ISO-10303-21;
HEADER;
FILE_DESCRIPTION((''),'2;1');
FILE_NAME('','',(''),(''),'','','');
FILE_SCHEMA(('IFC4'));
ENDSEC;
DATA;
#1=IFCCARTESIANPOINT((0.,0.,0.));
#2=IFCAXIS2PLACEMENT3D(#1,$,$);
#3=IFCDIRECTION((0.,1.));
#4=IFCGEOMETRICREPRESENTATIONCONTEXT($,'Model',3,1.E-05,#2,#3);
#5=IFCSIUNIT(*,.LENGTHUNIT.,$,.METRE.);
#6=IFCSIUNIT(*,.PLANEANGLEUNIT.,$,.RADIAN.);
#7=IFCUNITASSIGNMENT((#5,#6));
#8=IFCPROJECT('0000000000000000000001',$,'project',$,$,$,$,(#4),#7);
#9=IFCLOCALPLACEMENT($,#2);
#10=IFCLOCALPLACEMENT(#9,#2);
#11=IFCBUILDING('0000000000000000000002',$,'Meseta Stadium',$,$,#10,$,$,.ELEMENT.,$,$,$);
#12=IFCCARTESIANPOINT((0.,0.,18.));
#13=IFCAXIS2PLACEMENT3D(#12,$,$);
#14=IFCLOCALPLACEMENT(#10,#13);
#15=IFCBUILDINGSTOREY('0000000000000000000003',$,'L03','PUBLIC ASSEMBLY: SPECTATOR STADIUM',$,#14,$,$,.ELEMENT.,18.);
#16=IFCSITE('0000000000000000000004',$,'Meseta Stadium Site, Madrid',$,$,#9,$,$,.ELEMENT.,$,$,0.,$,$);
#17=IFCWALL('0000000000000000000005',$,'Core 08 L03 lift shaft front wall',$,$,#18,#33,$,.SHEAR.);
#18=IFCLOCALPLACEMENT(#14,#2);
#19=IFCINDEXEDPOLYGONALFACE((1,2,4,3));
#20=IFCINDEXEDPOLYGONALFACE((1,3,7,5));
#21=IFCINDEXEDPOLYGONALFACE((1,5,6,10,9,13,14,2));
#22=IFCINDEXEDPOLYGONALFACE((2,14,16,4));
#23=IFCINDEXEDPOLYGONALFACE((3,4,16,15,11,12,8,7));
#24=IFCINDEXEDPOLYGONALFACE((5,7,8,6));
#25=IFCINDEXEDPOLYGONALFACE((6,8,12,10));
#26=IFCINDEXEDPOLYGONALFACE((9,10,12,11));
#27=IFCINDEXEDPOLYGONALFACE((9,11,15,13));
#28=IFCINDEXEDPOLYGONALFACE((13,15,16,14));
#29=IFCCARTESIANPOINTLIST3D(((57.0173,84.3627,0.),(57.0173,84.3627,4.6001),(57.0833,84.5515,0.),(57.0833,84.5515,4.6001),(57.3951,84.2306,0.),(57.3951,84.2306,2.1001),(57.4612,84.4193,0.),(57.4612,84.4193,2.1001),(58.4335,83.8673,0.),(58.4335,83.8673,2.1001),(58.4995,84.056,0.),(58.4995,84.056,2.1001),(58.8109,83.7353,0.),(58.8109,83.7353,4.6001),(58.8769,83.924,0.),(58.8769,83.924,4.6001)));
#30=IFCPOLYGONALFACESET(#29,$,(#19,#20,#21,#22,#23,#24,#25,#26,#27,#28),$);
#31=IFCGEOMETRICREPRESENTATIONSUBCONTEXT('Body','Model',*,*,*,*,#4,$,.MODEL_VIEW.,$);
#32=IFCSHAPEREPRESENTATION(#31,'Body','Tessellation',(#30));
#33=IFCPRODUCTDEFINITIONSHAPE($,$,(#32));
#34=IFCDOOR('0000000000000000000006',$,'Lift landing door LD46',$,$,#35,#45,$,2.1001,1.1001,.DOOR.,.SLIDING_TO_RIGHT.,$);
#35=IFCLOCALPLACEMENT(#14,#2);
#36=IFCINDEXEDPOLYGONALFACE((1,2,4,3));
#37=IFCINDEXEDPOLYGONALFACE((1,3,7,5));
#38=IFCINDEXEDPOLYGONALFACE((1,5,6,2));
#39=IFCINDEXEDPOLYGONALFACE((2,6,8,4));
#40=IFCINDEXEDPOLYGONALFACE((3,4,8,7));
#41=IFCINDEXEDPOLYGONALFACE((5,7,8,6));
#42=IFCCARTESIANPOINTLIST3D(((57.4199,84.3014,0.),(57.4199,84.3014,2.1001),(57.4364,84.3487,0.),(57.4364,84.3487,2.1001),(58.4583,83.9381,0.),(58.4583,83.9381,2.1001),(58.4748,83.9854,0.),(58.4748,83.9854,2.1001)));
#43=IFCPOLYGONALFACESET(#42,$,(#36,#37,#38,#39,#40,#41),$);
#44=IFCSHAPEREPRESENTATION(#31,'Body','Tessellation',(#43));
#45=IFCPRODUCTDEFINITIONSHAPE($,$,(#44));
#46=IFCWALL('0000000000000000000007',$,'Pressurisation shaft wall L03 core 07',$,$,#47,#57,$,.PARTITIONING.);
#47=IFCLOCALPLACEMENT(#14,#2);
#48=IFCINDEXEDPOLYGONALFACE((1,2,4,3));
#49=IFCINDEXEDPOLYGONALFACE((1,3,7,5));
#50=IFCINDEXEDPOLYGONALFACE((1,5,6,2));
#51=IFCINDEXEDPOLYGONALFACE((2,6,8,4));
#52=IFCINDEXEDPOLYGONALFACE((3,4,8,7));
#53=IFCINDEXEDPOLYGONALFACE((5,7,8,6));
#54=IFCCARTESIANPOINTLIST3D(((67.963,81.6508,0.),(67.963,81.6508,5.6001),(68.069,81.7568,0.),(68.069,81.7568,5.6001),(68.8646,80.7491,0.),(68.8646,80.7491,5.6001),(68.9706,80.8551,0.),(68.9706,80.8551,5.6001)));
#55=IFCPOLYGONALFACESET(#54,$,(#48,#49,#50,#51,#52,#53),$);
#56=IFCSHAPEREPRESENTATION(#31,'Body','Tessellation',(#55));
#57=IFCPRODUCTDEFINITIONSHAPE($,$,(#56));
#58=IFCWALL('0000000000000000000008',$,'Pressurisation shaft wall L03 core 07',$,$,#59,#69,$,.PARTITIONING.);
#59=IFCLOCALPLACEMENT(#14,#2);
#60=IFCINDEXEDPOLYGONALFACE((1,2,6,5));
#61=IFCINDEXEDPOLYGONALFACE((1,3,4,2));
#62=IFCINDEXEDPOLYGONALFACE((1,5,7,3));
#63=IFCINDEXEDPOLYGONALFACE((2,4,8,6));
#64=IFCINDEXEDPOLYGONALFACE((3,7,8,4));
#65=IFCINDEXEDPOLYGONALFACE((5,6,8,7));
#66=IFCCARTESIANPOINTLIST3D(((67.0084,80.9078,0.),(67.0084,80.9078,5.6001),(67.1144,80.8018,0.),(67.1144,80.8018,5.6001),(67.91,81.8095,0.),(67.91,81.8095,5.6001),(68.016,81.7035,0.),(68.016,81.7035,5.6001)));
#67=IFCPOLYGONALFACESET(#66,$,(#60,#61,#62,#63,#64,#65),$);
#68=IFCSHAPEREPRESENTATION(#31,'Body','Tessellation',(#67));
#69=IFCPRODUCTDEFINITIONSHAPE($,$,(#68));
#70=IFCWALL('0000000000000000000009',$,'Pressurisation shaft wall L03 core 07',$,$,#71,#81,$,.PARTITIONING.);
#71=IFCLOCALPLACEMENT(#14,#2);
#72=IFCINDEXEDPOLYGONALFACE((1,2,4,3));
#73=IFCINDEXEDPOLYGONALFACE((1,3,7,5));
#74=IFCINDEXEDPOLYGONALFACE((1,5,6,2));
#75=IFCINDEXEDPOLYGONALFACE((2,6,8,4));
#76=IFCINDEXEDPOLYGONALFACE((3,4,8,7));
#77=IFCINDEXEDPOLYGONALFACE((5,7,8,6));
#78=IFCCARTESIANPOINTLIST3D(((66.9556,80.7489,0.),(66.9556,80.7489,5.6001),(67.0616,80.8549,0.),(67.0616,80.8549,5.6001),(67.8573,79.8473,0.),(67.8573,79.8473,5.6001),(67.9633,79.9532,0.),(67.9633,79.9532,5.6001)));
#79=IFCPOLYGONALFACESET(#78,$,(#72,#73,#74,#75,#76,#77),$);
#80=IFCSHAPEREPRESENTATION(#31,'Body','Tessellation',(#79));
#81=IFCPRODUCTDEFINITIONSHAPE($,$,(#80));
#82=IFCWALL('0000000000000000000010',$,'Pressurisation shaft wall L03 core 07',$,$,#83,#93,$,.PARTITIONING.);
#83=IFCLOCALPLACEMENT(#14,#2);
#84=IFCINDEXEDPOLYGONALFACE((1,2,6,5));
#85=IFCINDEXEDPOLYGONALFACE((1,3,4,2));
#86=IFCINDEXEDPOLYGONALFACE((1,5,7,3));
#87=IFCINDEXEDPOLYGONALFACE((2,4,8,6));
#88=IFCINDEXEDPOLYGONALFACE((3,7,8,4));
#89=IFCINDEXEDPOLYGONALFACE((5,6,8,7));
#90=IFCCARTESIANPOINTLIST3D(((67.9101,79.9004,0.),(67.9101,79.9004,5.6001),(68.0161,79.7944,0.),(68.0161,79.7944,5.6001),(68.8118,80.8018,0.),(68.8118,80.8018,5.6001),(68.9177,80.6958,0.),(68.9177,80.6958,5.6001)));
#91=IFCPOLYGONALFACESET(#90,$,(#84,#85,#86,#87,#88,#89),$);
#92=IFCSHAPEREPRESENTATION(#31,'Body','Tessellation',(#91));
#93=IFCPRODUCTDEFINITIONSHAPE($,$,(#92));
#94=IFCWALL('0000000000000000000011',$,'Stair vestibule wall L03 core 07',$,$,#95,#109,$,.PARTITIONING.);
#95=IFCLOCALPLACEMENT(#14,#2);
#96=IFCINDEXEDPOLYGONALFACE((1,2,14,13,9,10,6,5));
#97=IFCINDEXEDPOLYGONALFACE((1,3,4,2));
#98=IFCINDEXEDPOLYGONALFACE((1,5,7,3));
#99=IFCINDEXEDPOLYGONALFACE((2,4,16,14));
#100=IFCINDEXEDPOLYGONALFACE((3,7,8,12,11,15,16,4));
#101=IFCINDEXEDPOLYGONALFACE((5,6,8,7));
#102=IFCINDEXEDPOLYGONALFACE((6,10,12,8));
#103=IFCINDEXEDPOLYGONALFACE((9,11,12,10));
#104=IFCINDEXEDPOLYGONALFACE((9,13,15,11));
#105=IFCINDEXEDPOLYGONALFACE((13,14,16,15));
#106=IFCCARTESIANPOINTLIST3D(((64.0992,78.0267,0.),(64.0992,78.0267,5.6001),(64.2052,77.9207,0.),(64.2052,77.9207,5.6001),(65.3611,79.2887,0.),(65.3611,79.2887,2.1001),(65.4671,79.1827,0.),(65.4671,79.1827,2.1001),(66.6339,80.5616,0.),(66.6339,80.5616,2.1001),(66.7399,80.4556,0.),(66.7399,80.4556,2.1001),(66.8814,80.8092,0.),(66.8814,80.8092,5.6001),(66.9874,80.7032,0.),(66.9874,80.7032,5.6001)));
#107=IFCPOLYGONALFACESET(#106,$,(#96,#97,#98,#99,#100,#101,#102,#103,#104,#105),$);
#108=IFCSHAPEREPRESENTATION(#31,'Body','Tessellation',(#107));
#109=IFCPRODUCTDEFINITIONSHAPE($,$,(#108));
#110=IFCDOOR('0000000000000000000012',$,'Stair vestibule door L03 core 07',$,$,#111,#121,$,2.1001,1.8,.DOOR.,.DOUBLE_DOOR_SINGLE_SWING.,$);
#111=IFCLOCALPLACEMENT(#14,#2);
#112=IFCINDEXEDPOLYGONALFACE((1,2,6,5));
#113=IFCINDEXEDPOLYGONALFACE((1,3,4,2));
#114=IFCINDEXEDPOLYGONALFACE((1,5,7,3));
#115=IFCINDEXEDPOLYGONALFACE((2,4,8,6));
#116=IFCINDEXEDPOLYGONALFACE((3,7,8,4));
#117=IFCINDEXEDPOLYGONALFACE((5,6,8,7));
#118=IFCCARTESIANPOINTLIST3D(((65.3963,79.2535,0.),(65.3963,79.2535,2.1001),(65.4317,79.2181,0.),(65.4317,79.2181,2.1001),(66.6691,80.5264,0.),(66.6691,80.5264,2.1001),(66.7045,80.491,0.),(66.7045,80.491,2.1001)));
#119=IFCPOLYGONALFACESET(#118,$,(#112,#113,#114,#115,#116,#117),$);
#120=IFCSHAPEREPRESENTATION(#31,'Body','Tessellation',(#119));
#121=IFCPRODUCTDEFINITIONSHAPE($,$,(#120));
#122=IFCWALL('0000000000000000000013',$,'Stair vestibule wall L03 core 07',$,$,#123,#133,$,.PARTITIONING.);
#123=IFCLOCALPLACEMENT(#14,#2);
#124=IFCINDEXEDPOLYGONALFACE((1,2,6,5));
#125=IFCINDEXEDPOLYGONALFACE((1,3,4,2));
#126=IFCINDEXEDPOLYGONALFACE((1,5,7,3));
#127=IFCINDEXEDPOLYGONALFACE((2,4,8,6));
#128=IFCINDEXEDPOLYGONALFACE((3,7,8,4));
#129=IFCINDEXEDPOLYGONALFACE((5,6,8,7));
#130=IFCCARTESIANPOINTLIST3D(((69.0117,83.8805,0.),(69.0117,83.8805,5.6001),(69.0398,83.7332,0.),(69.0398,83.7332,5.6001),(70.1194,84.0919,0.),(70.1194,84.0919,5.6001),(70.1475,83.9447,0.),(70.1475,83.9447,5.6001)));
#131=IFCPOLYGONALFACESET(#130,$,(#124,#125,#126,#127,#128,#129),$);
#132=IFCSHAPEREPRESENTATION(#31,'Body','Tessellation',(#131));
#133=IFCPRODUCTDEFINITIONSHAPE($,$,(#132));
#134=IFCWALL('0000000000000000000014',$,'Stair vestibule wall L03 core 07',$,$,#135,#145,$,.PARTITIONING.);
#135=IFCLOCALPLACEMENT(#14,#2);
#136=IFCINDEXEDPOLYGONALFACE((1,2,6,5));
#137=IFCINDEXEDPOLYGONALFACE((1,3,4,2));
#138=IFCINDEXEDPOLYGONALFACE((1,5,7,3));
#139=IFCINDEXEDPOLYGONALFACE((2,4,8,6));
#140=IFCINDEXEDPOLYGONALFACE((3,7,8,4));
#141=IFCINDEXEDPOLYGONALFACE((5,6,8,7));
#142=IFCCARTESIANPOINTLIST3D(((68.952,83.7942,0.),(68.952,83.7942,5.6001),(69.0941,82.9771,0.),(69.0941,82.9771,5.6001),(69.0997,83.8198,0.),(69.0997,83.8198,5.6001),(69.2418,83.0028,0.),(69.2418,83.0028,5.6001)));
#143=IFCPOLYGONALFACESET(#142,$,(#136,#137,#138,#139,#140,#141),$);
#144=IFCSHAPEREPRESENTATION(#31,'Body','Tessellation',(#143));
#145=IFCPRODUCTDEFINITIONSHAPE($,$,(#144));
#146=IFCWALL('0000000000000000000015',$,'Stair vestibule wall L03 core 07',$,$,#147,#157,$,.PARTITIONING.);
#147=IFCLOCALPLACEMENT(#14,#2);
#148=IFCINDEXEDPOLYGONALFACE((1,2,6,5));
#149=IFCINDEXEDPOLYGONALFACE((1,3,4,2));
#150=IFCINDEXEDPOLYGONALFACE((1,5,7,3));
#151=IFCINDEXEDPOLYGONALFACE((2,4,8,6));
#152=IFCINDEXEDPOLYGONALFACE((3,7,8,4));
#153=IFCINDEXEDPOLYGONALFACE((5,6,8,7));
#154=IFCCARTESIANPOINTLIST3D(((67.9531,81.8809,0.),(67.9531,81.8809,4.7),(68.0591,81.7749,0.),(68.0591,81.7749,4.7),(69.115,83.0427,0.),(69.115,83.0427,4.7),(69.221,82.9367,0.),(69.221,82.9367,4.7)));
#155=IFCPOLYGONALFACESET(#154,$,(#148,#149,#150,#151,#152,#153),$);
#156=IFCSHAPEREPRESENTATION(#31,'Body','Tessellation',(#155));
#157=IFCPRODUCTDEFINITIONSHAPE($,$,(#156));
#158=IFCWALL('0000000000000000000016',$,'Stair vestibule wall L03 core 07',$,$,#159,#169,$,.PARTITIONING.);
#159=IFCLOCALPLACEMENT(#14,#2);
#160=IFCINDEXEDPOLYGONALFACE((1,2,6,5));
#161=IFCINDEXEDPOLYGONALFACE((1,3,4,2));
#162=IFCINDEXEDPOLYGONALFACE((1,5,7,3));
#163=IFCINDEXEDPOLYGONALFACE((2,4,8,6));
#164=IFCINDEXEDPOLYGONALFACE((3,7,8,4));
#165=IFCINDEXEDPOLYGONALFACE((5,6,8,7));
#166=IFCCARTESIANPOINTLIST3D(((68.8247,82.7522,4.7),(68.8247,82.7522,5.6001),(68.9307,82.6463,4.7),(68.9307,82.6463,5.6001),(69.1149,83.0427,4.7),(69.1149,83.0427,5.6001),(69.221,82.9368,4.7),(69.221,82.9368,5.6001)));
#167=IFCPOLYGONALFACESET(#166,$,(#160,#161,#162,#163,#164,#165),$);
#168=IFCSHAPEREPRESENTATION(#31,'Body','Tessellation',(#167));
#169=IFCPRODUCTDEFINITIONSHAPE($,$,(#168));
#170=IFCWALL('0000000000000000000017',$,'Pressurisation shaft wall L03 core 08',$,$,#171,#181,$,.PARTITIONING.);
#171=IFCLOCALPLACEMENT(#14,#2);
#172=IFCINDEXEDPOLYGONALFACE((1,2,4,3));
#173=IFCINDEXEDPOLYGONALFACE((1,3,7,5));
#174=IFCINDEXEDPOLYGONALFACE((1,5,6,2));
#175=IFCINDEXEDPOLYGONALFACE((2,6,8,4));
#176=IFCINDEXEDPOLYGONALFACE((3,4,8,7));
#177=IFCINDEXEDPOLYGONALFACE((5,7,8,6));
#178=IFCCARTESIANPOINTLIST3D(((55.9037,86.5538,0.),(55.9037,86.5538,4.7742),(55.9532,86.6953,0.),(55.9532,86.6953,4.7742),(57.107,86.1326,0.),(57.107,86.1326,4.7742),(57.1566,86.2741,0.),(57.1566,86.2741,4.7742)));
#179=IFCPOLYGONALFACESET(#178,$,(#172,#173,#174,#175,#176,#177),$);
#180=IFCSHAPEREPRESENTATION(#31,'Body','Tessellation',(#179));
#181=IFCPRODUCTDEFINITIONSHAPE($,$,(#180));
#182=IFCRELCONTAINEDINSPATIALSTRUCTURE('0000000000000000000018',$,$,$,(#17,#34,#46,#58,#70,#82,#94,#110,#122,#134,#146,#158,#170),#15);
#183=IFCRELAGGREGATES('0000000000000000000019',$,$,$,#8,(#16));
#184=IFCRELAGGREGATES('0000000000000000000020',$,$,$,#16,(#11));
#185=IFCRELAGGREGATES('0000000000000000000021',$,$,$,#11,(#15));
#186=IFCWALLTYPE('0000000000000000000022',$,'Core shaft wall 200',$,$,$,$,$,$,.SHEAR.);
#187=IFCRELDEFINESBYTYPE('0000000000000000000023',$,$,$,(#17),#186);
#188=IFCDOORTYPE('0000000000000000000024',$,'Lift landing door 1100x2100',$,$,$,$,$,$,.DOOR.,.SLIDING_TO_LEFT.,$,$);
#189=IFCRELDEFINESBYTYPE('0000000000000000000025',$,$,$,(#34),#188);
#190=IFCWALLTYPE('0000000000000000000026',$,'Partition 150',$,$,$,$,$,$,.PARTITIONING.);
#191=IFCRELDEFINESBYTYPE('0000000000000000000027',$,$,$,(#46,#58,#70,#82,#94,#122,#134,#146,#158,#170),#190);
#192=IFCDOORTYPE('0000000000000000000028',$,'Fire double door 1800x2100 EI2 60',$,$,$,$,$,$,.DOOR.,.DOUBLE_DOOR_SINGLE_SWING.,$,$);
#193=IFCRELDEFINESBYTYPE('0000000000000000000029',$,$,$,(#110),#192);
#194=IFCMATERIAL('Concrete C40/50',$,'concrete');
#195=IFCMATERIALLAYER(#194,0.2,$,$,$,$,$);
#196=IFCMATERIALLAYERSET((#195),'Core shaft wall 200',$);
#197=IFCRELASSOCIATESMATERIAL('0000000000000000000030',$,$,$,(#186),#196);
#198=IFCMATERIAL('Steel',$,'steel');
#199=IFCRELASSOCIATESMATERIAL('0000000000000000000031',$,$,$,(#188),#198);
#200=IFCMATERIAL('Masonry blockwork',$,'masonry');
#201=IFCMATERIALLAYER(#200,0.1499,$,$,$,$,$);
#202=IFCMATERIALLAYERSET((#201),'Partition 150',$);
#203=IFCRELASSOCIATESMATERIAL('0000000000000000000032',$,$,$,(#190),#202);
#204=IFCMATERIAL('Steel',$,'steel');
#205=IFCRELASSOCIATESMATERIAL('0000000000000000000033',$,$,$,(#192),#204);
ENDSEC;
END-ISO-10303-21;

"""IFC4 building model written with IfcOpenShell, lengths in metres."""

from ifc_helpers import new_model, si_unit, direction, frame, frame_2d, origin, place, context, subcontext, project, spatial, rectangle, extrude, material, layer, layer_set, type_object, element, fill, save


model = new_model("IFC4")

# Units and contexts
model_context = context("Model", 3, precision=1e-05, world=origin(), true_north=direction((0.0, 1.0)))
body_context = subcontext(model_context, "Body", "Model", "MODEL_VIEW")
ifc_project = project(units=[si_unit("LENGTHUNIT", "METRE"), si_unit("PLANEANGLEUNIT", "RADIAN")], contexts=[model_context])

# Site, building, storey
site_placement = place(None, origin())
site = spatial("IfcSite", under=ifc_project, at=site_placement, Name="Meseta Stadium Site, Madrid", CompositionType="ELEMENT", RefElevation=0.0)
building_placement = place(site_placement, origin())
building = spatial("IfcBuilding", under=site, at=building_placement, Name="Meseta Stadium", CompositionType="ELEMENT")
storey_placement = place(building_placement, frame((0.0, 0.0, 18.0)))
storey = spatial("IfcBuildingStorey", under=building, at=storey_placement, Name="L03", Description="PUBLIC ASSEMBLY: SPECTATOR STADIUM", CompositionType="ELEMENT", Elevation=18.0)

# Shared definitions
ifc_material_1 = material(Name="Concrete C40/50", Category="concrete")
ifc_layer_1 = layer(ifc_material_1, 0.2)
ifc_layer_set_1 = layer_set([ifc_layer_1], Name="Core shaft wall 200")
wall_type_1 = type_object("IfcWallType", Name="Core shaft wall 200", PredefinedType="SHEAR", material=ifc_layer_set_1)

# Wall, opening, door
wall_1_placement = place(storey_placement, frame((58.844, 83.8296, 0.0), z_axis=(0.0, 0.0, 1.0), x_axis=(-0.943902, 0.330225, 0.0)))
wall_1 = element("IfcWall", 1, at=wall_1_placement, inside=storey, type_object=wall_type_1, Name="Core 08 L03 lift shaft front wall", PredefinedType="SHEAR", context=body_context, shape_type="SweptSolid", body=[
    extrude(rectangle(XDim=1.9001, YDim=0.2, at=frame_2d((0.9502, 0.0))), origin(), (0.0, 0.0, 1.0), 4.6001),
])
opening_1_placement = place(wall_1_placement, frame((0.3999, 0.0, 0.0)))
opening_1 = element("IfcOpeningElement", 2, at=opening_1_placement, cuts=wall_1, PredefinedType="OPENING", context=body_context, shape_type="SweptSolid", body=[
    extrude(rectangle(XDim=1.1001, YDim=2.1001, at=frame_2d((0.55, 1.05))), frame((0.0, 0.1099, 0.0), z_axis=(0.0, -1.0, 0.0), x_axis=(1.0, 0.0, 0.0)), (0.0, 0.0, 1.0), 0.22),
])
ifc_material_2 = material(Name="Steel", Category="steel")
door_type_1 = type_object("IfcDoorType", Name="Lift landing door 1100x2100", OperationType="SLIDING_TO_LEFT", PredefinedType="DOOR", material=ifc_material_2)
door_1_placement = place(opening_1_placement, origin())
door_1 = element("IfcDoor", 3, at=door_1_placement, inside=storey, type_object=door_type_1, Name="Lift landing door LD46", OperationType="SLIDING_TO_RIGHT", OverallHeight=2.1001, OverallWidth=1.1001, PredefinedType="DOOR", context=body_context, shape_type="SweptSolid", body=[
    extrude(rectangle(XDim=1.1001, YDim=2.1001, at=frame_2d((0.55, 1.05))), frame((0.0, 0.0249, 0.0), z_axis=(0.0, -1.0, 0.0), x_axis=(1.0, 0.0, 0.0)), (0.0, 0.0, 1.0), 0.05),
])
fill(opening_1, door_1)

# Walls
ifc_material_3 = material(Name="Masonry blockwork", Category="masonry")
ifc_layer_2 = layer(ifc_material_3, 0.1499)
ifc_layer_set_2 = layer_set([ifc_layer_2], Name="Partition 150")
wall_type_2 = type_object("IfcWallType", Name="Partition 150", PredefinedType="PARTITIONING", material=ifc_layer_set_2)
for number, where, z_axis, x_axis, name in (
    (4, (68.9177, 80.802, 0.0), (0.0, 0.0, 1.0), (-0.707107, 0.707107, 0.0), "Pressurisation shaft wall L03 core 07"),
    (5, (67.9631, 81.7566, 0.0), (0.0, 0.0, 1.0), (-0.707107, -0.707107, 0.0), "Pressurisation shaft wall L03 core 07"),
    (6, (67.0085, 80.802, 0.0), (0.0, 0.0, 1.0), (0.707107, -0.707107, 0.0), "Pressurisation shaft wall L03 core 07"),
):
    element("IfcWall", number, at=place(storey_placement, frame(where, z_axis=z_axis, x_axis=x_axis)), inside=storey, type_object=wall_type_2, Name=name, PredefinedType="PARTITIONING", context=body_context, shape_type="SweptSolid", body=[
        extrude(rectangle(XDim=1.2751, YDim=0.1499, at=frame_2d((0.6377, 0.0))), origin(), (0.0, 0.0, 1.0), 5.6001),
    ])
wall_2_placement = place(storey_placement, frame((67.9631, 79.8474, 0.0), z_axis=(0.0, 0.0, 1.0), x_axis=(0.707203, 0.707011, 0.0)))
element("IfcWall", 7, at=wall_2_placement, inside=storey, type_object=wall_type_2, Name="Pressurisation shaft wall L03 core 07", PredefinedType="PARTITIONING", context=body_context, shape_type="SweptSolid", body=[
    extrude(rectangle(XDim=1.2749, YDim=0.1499, at=frame_2d((0.6375, 0.0))), origin(), (0.0, 0.0, 1.0), 5.6001),
])

# Wall, opening, door
wall_3_placement = place(storey_placement, frame((66.9343, 80.7561, 0.0), z_axis=(0.0, 0.0, 1.0), x_axis=(-0.707076, -0.707138, 0.0)))
wall_3 = element("IfcWall", 8, at=wall_3_placement, inside=storey, type_object=wall_type_2, Name="Stair vestibule wall L03 core 07", PredefinedType="PARTITIONING", context=body_context, shape_type="SweptSolid", body=[
    extrude(rectangle(XDim=3.9348, YDim=0.1499, at=frame_2d((1.9673, 0.0))), origin(), (0.0, 0.0, 1.0), 5.6001),
])
opening_2_placement = place(wall_3_placement, frame((0.3501, 0.0, 0.0)))
opening_2 = element("IfcOpeningElement", 9, at=opening_2_placement, cuts=wall_3, PredefinedType="OPENING", context=body_context, shape_type="SweptSolid", body=[
    extrude(rectangle(XDim=1.8, YDim=2.1001, at=frame_2d((0.8999, 1.05))), frame((0.0, 0.085, 0.0), z_axis=(0.0, -1.0, 0.0), x_axis=(1.0, 0.0, 0.0)), (0.0, 0.0, 1.0), 0.1699),
])
ifc_material_4 = material(Name="Steel", Category="steel")
door_type_2 = type_object("IfcDoorType", Name="Fire double door 1800x2100 EI2 60", OperationType="DOUBLE_DOOR_SINGLE_SWING", PredefinedType="DOOR", material=ifc_material_4)
door_2_placement = place(opening_2_placement, origin())
door_2 = element("IfcDoor", 10, at=door_2_placement, inside=storey, type_object=door_type_2, Name="Stair vestibule door L03 core 07", OperationType="DOUBLE_DOOR_SINGLE_SWING", OverallHeight=2.1001, OverallWidth=1.8, PredefinedType="DOOR", context=body_context, shape_type="SweptSolid", body=[
    extrude(rectangle(XDim=1.8, YDim=2.1001, at=frame_2d((0.8999, 1.05))), frame((0.0, 0.0249, 0.0), z_axis=(0.0, -1.0, 0.0), x_axis=(1.0, 0.0, 0.0)), (0.0, 0.0, 1.0), 0.05),
])
fill(opening_2, door_2)

# Walls
wall_4_placement = place(storey_placement, frame((70.1335, 84.0183, 0.0), z_axis=(0.0, 0.0, 1.0), x_axis=(-0.982266, -0.18749, 0.0)))
element("IfcWall", 11, at=wall_4_placement, inside=storey, type_object=wall_type_2, Name="Stair vestibule wall L03 core 07", PredefinedType="PARTITIONING", context=body_context, shape_type="SweptSolid", body=[
    extrude(rectangle(XDim=1.1277, YDim=0.1499, at=frame_2d((0.564, 0.0))), origin(), (0.0, 0.0, 1.0), 5.6001),
])
wall_5_placement = place(storey_placement, frame((69.0259, 83.8069, 0.0), z_axis=(0.0, 0.0, 1.0), x_axis=(0.171316, -0.985216, 0.0)))
element("IfcWall", 12, at=wall_5_placement, inside=storey, type_object=wall_type_2, Name="Stair vestibule wall L03 core 07", PredefinedType="PARTITIONING", context=body_context, shape_type="SweptSolid", body=[
    extrude(rectangle(XDim=0.8293, YDim=0.1499, at=frame_2d((0.4146, 0.0))), origin(), (0.0, 0.0, 1.0), 5.6001),
])
wall_6_placement = place(storey_placement, frame((69.168, 82.9897, 0.0), z_axis=(0.0, 0.0, 1.0), x_axis=(-0.707107, -0.707107, 0.0)))
element("IfcWall", 13, at=wall_6_placement, inside=storey, type_object=wall_type_2, Name="Stair vestibule wall L03 core 07", PredefinedType="PARTITIONING", context=body_context, shape_type="SweptSolid", body=[
    extrude(rectangle(XDim=1.6431, YDim=0.1499, at=frame_2d((0.8215, 0.0))), origin(), (0.0, 0.0, 1.0), 4.7),
])
wall_7_placement = place(storey_placement, frame((69.168, 82.9897, 4.7), z_axis=(0.0, 0.0, 1.0), x_axis=(-0.706809, -0.707404, 0.0)))
element("IfcWall", 14, at=wall_7_placement, inside=storey, type_object=wall_type_2, Name="Stair vestibule wall L03 core 07", PredefinedType="PARTITIONING", context=body_context, shape_type="SweptSolid", body=[
    extrude(rectangle(XDim=0.4106, YDim=0.1499, at=frame_2d((0.2053, 0.0))), origin(), (0.0, 0.0, 1.0), 0.9001),
])
wall_8_placement = place(storey_placement, frame((55.9285, 86.6245, 0.0), z_axis=(0.0, 0.0, 1.0), x_axis=(0.943867, -0.330325, 0.0)))
element("IfcWall", 15, at=wall_8_placement, inside=storey, type_object=wall_type_2, Name="Pressurisation shaft wall L03 core 08", PredefinedType="PARTITIONING", context=body_context, shape_type="SweptSolid", body=[
    extrude(rectangle(XDim=1.2749, YDim=0.1499, at=frame_2d((0.6375, 0.0))), origin(), (0.0, 0.0, 1.0), 4.7742),
])

save(model, "model.ifc")
